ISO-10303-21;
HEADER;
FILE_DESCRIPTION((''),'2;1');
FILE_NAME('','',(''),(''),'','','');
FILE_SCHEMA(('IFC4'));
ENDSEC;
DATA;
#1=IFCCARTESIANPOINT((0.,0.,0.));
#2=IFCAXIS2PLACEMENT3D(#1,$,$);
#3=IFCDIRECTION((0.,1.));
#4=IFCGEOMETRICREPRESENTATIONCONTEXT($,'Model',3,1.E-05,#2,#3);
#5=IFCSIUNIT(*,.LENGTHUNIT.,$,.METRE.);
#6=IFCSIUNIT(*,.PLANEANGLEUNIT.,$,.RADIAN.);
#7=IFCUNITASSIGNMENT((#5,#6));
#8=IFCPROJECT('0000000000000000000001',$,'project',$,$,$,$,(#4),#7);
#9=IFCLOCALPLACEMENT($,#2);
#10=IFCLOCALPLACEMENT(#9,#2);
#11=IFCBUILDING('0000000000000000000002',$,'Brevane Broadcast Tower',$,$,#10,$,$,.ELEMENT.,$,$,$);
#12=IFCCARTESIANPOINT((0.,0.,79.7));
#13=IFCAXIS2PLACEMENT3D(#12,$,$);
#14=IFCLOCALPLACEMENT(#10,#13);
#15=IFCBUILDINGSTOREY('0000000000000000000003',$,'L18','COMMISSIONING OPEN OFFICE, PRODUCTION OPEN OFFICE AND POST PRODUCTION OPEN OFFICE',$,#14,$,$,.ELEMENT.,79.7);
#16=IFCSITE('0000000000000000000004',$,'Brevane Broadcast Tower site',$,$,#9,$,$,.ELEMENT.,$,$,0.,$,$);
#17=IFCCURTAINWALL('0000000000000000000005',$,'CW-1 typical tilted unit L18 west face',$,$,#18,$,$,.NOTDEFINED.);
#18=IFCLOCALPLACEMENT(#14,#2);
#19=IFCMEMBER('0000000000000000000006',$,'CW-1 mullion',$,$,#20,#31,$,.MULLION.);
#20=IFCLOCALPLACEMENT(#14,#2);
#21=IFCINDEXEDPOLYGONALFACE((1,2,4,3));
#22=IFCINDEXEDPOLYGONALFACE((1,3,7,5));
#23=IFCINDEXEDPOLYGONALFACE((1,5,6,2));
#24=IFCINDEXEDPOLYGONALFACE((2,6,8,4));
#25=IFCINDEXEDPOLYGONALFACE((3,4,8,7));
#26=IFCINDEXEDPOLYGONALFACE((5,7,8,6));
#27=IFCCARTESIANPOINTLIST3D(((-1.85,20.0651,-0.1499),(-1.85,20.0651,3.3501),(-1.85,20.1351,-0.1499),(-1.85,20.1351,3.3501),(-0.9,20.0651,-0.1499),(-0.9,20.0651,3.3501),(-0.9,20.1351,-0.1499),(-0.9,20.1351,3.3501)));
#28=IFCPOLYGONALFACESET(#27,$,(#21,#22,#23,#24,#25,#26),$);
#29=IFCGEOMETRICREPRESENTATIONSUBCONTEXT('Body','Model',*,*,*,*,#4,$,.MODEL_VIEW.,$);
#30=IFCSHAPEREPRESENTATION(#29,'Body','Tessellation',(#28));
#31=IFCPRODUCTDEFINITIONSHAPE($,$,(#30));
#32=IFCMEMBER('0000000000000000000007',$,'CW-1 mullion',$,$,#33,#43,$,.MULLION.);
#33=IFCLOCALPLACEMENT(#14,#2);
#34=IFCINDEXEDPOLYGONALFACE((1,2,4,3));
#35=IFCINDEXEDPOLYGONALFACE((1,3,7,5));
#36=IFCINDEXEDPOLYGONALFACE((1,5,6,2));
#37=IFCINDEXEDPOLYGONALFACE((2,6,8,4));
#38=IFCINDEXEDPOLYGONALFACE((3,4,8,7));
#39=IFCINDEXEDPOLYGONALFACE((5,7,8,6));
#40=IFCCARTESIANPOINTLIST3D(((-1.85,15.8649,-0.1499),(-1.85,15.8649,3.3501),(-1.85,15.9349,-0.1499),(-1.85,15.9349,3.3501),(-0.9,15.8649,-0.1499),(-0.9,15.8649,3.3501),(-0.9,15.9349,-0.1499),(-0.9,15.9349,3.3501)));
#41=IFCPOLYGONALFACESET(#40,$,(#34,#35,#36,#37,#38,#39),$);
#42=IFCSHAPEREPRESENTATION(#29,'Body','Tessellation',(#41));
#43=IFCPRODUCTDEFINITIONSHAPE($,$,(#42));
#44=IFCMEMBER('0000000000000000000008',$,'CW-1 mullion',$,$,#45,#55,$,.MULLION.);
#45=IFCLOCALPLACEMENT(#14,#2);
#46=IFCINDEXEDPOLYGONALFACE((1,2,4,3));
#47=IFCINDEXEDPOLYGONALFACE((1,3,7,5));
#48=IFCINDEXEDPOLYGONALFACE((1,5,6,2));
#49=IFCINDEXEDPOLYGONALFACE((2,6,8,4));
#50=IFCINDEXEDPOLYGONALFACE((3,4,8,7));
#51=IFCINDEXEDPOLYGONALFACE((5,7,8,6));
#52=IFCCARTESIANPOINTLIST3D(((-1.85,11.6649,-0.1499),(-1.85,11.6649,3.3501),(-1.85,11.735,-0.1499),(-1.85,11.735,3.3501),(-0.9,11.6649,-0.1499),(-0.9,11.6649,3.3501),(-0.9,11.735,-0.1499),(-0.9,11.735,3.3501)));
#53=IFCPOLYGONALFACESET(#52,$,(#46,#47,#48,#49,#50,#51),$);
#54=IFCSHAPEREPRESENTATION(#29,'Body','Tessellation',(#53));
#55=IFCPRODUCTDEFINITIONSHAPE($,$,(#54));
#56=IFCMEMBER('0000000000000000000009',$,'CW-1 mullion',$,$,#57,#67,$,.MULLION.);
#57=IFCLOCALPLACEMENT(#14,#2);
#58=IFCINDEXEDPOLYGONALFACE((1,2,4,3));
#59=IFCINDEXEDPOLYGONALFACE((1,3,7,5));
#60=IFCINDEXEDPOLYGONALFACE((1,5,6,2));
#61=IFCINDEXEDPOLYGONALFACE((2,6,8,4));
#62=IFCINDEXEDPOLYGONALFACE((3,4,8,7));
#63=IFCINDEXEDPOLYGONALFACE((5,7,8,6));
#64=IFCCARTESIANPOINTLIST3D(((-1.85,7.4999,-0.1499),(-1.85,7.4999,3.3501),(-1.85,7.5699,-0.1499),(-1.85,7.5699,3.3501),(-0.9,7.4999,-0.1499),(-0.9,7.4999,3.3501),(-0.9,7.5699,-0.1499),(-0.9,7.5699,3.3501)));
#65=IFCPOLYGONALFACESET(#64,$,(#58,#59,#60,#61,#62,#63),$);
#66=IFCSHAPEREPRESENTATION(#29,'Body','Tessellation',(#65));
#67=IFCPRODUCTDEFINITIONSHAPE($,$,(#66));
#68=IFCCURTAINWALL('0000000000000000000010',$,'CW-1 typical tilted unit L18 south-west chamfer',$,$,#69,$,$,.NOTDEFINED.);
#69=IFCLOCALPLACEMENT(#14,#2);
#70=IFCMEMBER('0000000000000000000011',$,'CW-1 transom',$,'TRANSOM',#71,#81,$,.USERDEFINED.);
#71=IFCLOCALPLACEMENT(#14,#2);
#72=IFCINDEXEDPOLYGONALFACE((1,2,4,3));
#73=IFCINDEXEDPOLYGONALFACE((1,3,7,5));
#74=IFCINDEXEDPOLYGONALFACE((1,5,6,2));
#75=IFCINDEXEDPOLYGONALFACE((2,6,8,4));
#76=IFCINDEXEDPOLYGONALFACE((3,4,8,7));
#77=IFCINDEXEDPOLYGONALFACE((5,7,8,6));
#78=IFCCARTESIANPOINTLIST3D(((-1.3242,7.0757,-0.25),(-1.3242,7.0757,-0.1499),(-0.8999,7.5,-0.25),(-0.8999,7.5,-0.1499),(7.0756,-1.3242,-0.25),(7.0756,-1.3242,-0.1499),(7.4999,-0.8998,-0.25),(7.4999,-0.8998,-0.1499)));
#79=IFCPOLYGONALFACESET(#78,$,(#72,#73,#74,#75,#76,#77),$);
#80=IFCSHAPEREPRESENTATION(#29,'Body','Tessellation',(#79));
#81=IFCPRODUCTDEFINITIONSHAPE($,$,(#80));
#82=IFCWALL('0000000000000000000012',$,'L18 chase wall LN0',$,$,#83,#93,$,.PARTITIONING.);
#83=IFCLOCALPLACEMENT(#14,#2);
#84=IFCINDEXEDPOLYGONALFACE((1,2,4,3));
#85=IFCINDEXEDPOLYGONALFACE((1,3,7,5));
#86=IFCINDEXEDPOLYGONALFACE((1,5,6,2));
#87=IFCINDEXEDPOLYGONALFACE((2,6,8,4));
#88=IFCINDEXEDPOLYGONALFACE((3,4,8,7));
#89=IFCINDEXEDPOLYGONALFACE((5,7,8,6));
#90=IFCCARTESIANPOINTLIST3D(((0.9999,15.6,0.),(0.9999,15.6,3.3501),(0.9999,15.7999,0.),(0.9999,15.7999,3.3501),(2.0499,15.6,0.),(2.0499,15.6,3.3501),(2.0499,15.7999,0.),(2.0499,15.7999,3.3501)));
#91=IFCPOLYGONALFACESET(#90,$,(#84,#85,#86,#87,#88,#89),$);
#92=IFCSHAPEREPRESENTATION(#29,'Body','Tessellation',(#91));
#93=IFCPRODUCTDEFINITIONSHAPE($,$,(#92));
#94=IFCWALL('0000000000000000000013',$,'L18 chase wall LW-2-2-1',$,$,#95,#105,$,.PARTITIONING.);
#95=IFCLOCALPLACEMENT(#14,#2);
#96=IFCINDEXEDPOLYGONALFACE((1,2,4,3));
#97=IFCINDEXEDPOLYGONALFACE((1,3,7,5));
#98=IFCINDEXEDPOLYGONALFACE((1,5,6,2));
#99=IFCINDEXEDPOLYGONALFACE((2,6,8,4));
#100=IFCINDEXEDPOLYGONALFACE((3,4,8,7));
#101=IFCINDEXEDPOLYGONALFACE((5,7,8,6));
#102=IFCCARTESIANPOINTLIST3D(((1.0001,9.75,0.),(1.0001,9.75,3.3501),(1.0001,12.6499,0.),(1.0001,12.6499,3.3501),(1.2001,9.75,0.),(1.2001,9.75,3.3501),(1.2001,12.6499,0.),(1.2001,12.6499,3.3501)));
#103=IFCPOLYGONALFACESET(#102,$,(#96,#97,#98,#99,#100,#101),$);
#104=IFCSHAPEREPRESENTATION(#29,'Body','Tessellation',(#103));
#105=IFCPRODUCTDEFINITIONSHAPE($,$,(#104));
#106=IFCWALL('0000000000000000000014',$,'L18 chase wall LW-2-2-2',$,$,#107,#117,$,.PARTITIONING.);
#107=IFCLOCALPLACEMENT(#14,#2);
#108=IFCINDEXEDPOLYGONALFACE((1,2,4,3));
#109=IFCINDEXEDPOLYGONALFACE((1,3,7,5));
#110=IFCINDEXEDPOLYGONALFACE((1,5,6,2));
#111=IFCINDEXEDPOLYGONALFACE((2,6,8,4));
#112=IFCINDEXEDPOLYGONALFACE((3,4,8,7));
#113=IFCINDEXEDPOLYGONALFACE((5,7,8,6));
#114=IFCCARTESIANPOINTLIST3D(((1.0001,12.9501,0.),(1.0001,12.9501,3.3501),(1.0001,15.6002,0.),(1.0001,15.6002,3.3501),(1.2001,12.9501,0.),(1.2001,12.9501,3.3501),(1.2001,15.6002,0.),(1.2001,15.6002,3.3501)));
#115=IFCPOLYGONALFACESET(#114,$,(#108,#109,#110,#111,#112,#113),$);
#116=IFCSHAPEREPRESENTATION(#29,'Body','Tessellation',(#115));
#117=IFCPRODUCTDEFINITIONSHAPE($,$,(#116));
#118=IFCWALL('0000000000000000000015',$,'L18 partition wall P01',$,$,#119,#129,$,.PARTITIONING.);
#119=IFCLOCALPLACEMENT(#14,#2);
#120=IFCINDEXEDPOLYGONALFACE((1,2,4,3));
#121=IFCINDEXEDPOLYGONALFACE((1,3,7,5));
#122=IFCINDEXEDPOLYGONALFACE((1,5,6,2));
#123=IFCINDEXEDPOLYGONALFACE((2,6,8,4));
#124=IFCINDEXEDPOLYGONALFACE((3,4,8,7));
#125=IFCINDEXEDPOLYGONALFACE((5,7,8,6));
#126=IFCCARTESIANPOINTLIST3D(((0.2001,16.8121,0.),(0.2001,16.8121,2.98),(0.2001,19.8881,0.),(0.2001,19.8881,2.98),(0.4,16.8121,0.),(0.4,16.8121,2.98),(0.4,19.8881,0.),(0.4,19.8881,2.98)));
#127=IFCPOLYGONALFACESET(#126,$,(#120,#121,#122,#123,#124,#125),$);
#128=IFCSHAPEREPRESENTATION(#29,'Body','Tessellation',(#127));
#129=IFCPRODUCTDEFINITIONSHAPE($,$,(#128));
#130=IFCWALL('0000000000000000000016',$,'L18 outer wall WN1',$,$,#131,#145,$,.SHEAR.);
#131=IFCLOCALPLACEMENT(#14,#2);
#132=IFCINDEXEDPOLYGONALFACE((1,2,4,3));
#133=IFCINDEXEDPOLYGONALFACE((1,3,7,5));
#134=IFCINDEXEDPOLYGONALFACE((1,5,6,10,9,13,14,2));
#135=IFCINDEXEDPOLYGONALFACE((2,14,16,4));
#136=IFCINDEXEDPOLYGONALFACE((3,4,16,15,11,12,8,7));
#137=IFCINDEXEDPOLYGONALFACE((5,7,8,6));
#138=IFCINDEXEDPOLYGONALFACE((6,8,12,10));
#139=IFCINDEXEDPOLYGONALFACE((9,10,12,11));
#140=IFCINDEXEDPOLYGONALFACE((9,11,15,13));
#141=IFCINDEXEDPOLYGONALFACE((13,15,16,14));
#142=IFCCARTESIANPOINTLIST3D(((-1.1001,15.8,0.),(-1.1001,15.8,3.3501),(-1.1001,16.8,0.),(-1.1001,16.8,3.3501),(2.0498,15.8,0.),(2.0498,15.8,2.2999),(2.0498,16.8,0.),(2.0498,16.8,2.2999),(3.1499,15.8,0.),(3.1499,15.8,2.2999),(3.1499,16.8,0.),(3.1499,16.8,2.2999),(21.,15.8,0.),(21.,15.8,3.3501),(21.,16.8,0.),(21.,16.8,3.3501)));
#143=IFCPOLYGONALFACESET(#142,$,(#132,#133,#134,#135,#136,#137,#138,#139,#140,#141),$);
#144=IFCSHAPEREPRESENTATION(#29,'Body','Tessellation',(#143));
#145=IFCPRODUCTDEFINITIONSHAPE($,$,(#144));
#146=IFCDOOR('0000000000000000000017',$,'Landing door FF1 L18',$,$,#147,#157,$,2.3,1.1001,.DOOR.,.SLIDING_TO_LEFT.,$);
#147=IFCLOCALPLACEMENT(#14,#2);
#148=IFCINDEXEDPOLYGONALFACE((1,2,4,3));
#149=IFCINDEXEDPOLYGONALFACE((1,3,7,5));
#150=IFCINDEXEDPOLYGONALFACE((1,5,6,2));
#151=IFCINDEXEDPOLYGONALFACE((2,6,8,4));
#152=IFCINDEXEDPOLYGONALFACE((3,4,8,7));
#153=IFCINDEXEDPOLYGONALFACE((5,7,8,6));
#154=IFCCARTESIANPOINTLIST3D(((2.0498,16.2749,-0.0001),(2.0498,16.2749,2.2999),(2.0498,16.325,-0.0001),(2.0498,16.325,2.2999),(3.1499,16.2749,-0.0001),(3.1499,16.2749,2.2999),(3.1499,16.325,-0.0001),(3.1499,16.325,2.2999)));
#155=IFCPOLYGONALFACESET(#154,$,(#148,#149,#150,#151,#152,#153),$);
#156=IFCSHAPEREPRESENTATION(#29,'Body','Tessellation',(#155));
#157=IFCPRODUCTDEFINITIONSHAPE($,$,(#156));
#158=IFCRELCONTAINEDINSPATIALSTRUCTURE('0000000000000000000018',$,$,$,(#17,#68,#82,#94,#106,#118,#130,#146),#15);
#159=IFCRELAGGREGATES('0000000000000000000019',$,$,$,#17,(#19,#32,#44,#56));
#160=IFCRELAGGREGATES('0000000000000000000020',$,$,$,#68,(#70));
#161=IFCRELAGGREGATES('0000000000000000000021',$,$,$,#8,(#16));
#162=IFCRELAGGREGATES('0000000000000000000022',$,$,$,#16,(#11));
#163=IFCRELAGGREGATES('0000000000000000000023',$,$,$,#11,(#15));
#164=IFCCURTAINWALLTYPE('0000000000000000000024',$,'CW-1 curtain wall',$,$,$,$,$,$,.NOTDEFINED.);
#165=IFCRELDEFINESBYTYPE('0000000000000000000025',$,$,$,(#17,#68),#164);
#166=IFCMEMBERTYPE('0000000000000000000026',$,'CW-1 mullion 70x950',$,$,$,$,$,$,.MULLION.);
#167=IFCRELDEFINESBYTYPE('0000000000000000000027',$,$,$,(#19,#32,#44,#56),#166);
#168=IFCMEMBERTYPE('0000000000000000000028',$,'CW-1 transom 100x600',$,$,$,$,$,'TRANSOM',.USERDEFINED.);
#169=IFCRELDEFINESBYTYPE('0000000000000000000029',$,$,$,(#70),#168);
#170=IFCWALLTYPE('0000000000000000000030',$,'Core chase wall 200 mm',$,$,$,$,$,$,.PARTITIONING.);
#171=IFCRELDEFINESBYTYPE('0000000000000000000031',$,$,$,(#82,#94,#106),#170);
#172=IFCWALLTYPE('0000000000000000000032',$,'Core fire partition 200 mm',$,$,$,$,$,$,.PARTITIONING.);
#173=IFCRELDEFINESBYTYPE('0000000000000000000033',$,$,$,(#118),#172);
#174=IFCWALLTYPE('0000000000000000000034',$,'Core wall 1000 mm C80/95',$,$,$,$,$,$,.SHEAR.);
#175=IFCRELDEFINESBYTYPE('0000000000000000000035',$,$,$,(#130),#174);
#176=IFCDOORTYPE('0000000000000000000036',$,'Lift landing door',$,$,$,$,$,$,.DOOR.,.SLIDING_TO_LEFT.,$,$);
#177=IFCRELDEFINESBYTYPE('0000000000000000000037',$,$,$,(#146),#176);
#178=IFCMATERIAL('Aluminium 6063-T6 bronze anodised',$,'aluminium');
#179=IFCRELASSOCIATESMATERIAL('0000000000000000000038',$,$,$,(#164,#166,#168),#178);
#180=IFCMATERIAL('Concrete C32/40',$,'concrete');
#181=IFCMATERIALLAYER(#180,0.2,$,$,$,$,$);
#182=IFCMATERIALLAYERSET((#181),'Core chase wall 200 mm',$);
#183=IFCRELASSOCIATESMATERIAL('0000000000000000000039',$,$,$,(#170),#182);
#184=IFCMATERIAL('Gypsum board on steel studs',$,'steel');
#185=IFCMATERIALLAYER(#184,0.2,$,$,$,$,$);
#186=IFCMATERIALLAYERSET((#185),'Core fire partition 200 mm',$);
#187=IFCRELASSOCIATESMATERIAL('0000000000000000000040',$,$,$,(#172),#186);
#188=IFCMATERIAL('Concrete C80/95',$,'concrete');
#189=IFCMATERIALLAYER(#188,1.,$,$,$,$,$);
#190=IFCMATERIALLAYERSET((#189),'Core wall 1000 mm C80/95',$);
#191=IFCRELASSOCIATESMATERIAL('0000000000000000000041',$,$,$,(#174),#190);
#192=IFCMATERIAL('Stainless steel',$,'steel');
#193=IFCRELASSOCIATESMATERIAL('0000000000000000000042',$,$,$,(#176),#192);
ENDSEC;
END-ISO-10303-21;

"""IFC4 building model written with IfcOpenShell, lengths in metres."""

from ifc_helpers import new_model, si_unit, direction, frame, frame_2d, origin, origin_2d, place, context, subcontext, project, spatial, rectangle, extrude, material, layer, layer_set, material_profile, profile_set, type_object, element, fill, aggregate, save


model = new_model("IFC4")

# Units and contexts
model_context = context("Model", 3, precision=1e-05, world=origin(), true_north=direction((0.0, 1.0)))
body_context = subcontext(model_context, "Body", "Model", "MODEL_VIEW")
ifc_project = project(units=[si_unit("LENGTHUNIT", "METRE"), si_unit("PLANEANGLEUNIT", "RADIAN")], contexts=[model_context])

# Site, building, storey
site_placement = place(None, origin())
site = spatial("IfcSite", under=ifc_project, at=site_placement, Name="Brevane Broadcast Tower site", CompositionType="ELEMENT", RefElevation=0.0)
building_placement = place(site_placement, origin())
building = spatial("IfcBuilding", under=site, at=building_placement, Name="Brevane Broadcast Tower", CompositionType="ELEMENT")
storey_placement = place(building_placement, frame((0.0, 0.0, 79.7)))
storey = spatial("IfcBuildingStorey", under=building, at=storey_placement, Name="L18", Description="COMMISSIONING OPEN OFFICE, PRODUCTION OPEN OFFICE AND POST PRODUCTION OPEN OFFICE", CompositionType="ELEMENT", Elevation=79.7)

# Curtain wall, members
ifc_material_1 = material(Name="Aluminium 6063-T6 bronze anodised", Category="aluminium")
curtain_wall_type = type_object("IfcCurtainWallType", Name="CW-1 curtain wall", PredefinedType="NOTDEFINED", material=ifc_material_1)
curtain_wall_1_placement = place(storey_placement, origin())
curtain_wall_1 = element("IfcCurtainWall", 1, at=curtain_wall_1_placement, inside=storey, type_object=curtain_wall_type, Name="CW-1 typical tilted unit L18 west face", PredefinedType="NOTDEFINED")
ifc_material_profile_1 = material_profile(ifc_material_1, rectangle(XDim=0.95, YDim=0.0701, at=origin_2d()), Name="RECT 70x950")
ifc_profile_set_1 = profile_set([ifc_material_profile_1], Name="Aluminium 6063-T6 bronze anodised")
member_type_1 = type_object("IfcMemberType", Name="CW-1 mullion 70x950", PredefinedType="MULLION", material=ifc_profile_set_1)
member_1_placement = place(storey_placement, frame((-1.375, 20.1001, -0.1499), z_axis=(0.0, 0.0, 1.0), x_axis=(1.0, 0.0, 0.0)))
member_1 = element("IfcMember", 2, at=member_1_placement, type_object=member_type_1, Name="CW-1 mullion", PredefinedType="MULLION", context=body_context, shape_type="SweptSolid", body=[
    extrude(rectangle(XDim=0.95, YDim=0.0701, at=origin_2d()), origin(), (0.0, 0.0, 1.0), 3.5),
])
member_2_placement = place(storey_placement, frame((-1.375, 15.8999, -0.1499), z_axis=(0.0, 0.0, 1.0), x_axis=(1.0, 0.0, 0.0)))
member_2 = element("IfcMember", 3, at=member_2_placement, type_object=member_type_1, Name="CW-1 mullion", PredefinedType="MULLION", context=body_context, shape_type="SweptSolid", body=[
    extrude(rectangle(XDim=0.95, YDim=0.0701, at=origin_2d()), origin(), (0.0, 0.0, 1.0), 3.5),
])
member_3_placement = place(storey_placement, frame((-1.375, 11.7, -0.1499), z_axis=(0.0, 0.0, 1.0), x_axis=(1.0, 0.0, 0.0)))
member_3 = element("IfcMember", 4, at=member_3_placement, type_object=member_type_1, Name="CW-1 mullion", PredefinedType="MULLION", context=body_context, shape_type="SweptSolid", body=[
    extrude(rectangle(XDim=0.95, YDim=0.0701, at=origin_2d()), origin(), (0.0, 0.0, 1.0), 3.5),
])
member_4_placement = place(storey_placement, frame((-1.375, 7.5349, -0.1499), z_axis=(0.0, 0.0, 1.0), x_axis=(1.0, 0.0, 0.0)))
member_4 = element("IfcMember", 5, at=member_4_placement, type_object=member_type_1, Name="CW-1 mullion", PredefinedType="MULLION", context=body_context, shape_type="SweptSolid", body=[
    extrude(rectangle(XDim=0.95, YDim=0.0701, at=origin_2d()), origin(), (0.0, 0.0, 1.0), 3.5),
])
aggregate(curtain_wall_1, [member_1, member_2, member_3, member_4])

# Curtain wall, member
curtain_wall_2_placement = place(storey_placement, origin())
curtain_wall_2 = element("IfcCurtainWall", 6, at=curtain_wall_2_placement, inside=storey, type_object=curtain_wall_type, Name="CW-1 typical tilted unit L18 south-west chamfer", PredefinedType="NOTDEFINED")
ifc_material_profile_2 = material_profile(ifc_material_1, rectangle(XDim=0.6001, YDim=0.1001, at=origin_2d()), Name="RECT 100x600")
ifc_profile_set_2 = profile_set([ifc_material_profile_2], Name="Aluminium 6063-T6 bronze anodised")
member_type_2 = type_object("IfcMemberType", Name="CW-1 transom 100x600", ElementType="TRANSOM", PredefinedType="USERDEFINED", material=ifc_profile_set_2)
member_5_placement = place(storey_placement, frame((-1.1121, 7.2878, -0.2), z_axis=(0.707107, -0.707107, 0.0), x_axis=(0.707107, 0.707107, 0.0)))
member_5 = element("IfcMember", 7, at=member_5_placement, type_object=member_type_2, Name="CW-1 transom", ObjectType="TRANSOM", PredefinedType="USERDEFINED", context=body_context, shape_type="SweptSolid", body=[
    extrude(rectangle(XDim=0.6001, YDim=0.1001, at=origin_2d()), origin(), (0.0, 0.0, 1.0), 11.8792),
])
aggregate(curtain_wall_2, [member_5])

# Walls
ifc_material_2 = material(Name="Concrete C32/40", Category="concrete")
ifc_layer_1 = layer(ifc_material_2, 0.2)
ifc_layer_set_1 = layer_set([ifc_layer_1], Name="Core chase wall 200 mm")
wall_type_1 = type_object("IfcWallType", Name="Core chase wall 200 mm", PredefinedType="PARTITIONING", material=ifc_layer_set_1)
wall_1_placement = place(storey_placement, frame((1.0, 15.7, 0.0), z_axis=(0.0, 0.0, 1.0), x_axis=(1.0, 0.0, 0.0)))
element("IfcWall", 8, at=wall_1_placement, inside=storey, type_object=wall_type_1, Name="L18 chase wall LN0", PredefinedType="PARTITIONING", context=body_context, shape_type="SweptSolid", body=[
    extrude(rectangle(XDim=1.05, YDim=0.2, at=frame_2d((0.5249, 0.0))), origin(), (0.0, 0.0, 1.0), 3.3501),
])
wall_2_placement = place(storey_placement, frame((1.1001, 9.75, 0.0), z_axis=(0.0, 0.0, 1.0), x_axis=(0.0, 1.0, 0.0)))
element("IfcWall", 9, at=wall_2_placement, inside=storey, type_object=wall_type_1, Name="L18 chase wall LW-2-2-1", PredefinedType="PARTITIONING", context=body_context, shape_type="SweptSolid", body=[
    extrude(rectangle(XDim=2.8999, YDim=0.2, at=frame_2d((1.45, 0.0))), origin(), (0.0, 0.0, 1.0), 3.3501),
])
wall_3_placement = place(storey_placement, frame((1.1001, 12.95, 0.0), z_axis=(0.0, 0.0, 1.0), x_axis=(0.0, 1.0, 0.0)))
element("IfcWall", 10, at=wall_3_placement, inside=storey, type_object=wall_type_1, Name="L18 chase wall LW-2-2-2", PredefinedType="PARTITIONING", context=body_context, shape_type="SweptSolid", body=[
    extrude(rectangle(XDim=2.6501, YDim=0.2, at=frame_2d((1.3252, 0.0))), origin(), (0.0, 0.0, 1.0), 3.3501),
])
ifc_material_3 = material(Name="Gypsum board on steel studs", Category="steel")
ifc_layer_2 = layer(ifc_material_3, 0.2)
ifc_layer_set_2 = layer_set([ifc_layer_2], Name="Core fire partition 200 mm")
wall_type_2 = type_object("IfcWallType", Name="Core fire partition 200 mm", PredefinedType="PARTITIONING", material=ifc_layer_set_2)
wall_4_placement = place(storey_placement, frame((0.3, 16.812, 0.0), z_axis=(0.0, 0.0, 1.0), x_axis=(0.0, 1.0, 0.0)))
element("IfcWall", 11, at=wall_4_placement, inside=storey, type_object=wall_type_2, Name="L18 partition wall P01", PredefinedType="PARTITIONING", context=body_context, shape_type="SweptSolid", body=[
    extrude(rectangle(XDim=3.0759, YDim=0.2, at=frame_2d((1.5381, 0.0))), origin(), (0.0, 0.0, 1.0), 2.98),
])

# Wall, opening, door
ifc_material_4 = material(Name="Concrete C80/95", Category="concrete")
ifc_layer_3 = layer(ifc_material_4, 1.0)
ifc_layer_set_3 = layer_set([ifc_layer_3], Name="Core wall 1000 mm C80/95")
wall_type_3 = type_object("IfcWallType", Name="Core wall 1000 mm C80/95", PredefinedType="SHEAR", material=ifc_layer_set_3)
wall_5_placement = place(storey_placement, frame((-1.1001, 16.3, 0.0), z_axis=(0.0, 0.0, 1.0), x_axis=(1.0, 0.0, 0.0)))
wall_5 = element("IfcWall", 12, at=wall_5_placement, inside=storey, type_object=wall_type_3, Name="L18 outer wall WN1", PredefinedType="SHEAR", context=body_context, shape_type="SweptSolid", body=[
    extrude(rectangle(XDim=22.1001, YDim=1.0, at=frame_2d((11.05, 0.0))), origin(), (0.0, 0.0, 1.0), 3.3501),
])
opening_1_placement = place(wall_5_placement, frame((3.1499, 0.0, 0.0)))
opening_1 = element("IfcOpeningElement", 13, at=opening_1_placement, cuts=wall_5, PredefinedType="OPENING", context=body_context, shape_type="SweptSolid", body=[
    extrude(rectangle(XDim=1.1001, YDim=2.3, at=frame_2d((0.55, 1.1499))), frame((0.0, 0.51, 0.0), z_axis=(0.0, -1.0, 0.0), x_axis=(1.0, 0.0, 0.0)), (0.0, 0.0, 1.0), 1.02),
])
ifc_material_5 = material(Name="Stainless steel", Category="steel")
door_type = type_object("IfcDoorType", Name="Lift landing door", OperationType="SLIDING_TO_LEFT", PredefinedType="DOOR", material=ifc_material_5)
door_1_placement = place(opening_1_placement, origin())
door_1 = element("IfcDoor", 14, at=door_1_placement, inside=storey, type_object=door_type, Name="Landing door FF1 L18", OperationType="SLIDING_TO_LEFT", OverallHeight=2.3, OverallWidth=1.1001, PredefinedType="DOOR", context=body_context, shape_type="SweptSolid", body=[
    extrude(rectangle(XDim=1.1001, YDim=2.3, at=frame_2d((0.55, 1.1499))), frame((0.0, 0.0249, 0.0), z_axis=(0.0, -1.0, 0.0), x_axis=(1.0, 0.0, 0.0)), (0.0, 0.0, 1.0), 0.05),
])
fill(opening_1, door_1)

save(model, "model.ifc")
